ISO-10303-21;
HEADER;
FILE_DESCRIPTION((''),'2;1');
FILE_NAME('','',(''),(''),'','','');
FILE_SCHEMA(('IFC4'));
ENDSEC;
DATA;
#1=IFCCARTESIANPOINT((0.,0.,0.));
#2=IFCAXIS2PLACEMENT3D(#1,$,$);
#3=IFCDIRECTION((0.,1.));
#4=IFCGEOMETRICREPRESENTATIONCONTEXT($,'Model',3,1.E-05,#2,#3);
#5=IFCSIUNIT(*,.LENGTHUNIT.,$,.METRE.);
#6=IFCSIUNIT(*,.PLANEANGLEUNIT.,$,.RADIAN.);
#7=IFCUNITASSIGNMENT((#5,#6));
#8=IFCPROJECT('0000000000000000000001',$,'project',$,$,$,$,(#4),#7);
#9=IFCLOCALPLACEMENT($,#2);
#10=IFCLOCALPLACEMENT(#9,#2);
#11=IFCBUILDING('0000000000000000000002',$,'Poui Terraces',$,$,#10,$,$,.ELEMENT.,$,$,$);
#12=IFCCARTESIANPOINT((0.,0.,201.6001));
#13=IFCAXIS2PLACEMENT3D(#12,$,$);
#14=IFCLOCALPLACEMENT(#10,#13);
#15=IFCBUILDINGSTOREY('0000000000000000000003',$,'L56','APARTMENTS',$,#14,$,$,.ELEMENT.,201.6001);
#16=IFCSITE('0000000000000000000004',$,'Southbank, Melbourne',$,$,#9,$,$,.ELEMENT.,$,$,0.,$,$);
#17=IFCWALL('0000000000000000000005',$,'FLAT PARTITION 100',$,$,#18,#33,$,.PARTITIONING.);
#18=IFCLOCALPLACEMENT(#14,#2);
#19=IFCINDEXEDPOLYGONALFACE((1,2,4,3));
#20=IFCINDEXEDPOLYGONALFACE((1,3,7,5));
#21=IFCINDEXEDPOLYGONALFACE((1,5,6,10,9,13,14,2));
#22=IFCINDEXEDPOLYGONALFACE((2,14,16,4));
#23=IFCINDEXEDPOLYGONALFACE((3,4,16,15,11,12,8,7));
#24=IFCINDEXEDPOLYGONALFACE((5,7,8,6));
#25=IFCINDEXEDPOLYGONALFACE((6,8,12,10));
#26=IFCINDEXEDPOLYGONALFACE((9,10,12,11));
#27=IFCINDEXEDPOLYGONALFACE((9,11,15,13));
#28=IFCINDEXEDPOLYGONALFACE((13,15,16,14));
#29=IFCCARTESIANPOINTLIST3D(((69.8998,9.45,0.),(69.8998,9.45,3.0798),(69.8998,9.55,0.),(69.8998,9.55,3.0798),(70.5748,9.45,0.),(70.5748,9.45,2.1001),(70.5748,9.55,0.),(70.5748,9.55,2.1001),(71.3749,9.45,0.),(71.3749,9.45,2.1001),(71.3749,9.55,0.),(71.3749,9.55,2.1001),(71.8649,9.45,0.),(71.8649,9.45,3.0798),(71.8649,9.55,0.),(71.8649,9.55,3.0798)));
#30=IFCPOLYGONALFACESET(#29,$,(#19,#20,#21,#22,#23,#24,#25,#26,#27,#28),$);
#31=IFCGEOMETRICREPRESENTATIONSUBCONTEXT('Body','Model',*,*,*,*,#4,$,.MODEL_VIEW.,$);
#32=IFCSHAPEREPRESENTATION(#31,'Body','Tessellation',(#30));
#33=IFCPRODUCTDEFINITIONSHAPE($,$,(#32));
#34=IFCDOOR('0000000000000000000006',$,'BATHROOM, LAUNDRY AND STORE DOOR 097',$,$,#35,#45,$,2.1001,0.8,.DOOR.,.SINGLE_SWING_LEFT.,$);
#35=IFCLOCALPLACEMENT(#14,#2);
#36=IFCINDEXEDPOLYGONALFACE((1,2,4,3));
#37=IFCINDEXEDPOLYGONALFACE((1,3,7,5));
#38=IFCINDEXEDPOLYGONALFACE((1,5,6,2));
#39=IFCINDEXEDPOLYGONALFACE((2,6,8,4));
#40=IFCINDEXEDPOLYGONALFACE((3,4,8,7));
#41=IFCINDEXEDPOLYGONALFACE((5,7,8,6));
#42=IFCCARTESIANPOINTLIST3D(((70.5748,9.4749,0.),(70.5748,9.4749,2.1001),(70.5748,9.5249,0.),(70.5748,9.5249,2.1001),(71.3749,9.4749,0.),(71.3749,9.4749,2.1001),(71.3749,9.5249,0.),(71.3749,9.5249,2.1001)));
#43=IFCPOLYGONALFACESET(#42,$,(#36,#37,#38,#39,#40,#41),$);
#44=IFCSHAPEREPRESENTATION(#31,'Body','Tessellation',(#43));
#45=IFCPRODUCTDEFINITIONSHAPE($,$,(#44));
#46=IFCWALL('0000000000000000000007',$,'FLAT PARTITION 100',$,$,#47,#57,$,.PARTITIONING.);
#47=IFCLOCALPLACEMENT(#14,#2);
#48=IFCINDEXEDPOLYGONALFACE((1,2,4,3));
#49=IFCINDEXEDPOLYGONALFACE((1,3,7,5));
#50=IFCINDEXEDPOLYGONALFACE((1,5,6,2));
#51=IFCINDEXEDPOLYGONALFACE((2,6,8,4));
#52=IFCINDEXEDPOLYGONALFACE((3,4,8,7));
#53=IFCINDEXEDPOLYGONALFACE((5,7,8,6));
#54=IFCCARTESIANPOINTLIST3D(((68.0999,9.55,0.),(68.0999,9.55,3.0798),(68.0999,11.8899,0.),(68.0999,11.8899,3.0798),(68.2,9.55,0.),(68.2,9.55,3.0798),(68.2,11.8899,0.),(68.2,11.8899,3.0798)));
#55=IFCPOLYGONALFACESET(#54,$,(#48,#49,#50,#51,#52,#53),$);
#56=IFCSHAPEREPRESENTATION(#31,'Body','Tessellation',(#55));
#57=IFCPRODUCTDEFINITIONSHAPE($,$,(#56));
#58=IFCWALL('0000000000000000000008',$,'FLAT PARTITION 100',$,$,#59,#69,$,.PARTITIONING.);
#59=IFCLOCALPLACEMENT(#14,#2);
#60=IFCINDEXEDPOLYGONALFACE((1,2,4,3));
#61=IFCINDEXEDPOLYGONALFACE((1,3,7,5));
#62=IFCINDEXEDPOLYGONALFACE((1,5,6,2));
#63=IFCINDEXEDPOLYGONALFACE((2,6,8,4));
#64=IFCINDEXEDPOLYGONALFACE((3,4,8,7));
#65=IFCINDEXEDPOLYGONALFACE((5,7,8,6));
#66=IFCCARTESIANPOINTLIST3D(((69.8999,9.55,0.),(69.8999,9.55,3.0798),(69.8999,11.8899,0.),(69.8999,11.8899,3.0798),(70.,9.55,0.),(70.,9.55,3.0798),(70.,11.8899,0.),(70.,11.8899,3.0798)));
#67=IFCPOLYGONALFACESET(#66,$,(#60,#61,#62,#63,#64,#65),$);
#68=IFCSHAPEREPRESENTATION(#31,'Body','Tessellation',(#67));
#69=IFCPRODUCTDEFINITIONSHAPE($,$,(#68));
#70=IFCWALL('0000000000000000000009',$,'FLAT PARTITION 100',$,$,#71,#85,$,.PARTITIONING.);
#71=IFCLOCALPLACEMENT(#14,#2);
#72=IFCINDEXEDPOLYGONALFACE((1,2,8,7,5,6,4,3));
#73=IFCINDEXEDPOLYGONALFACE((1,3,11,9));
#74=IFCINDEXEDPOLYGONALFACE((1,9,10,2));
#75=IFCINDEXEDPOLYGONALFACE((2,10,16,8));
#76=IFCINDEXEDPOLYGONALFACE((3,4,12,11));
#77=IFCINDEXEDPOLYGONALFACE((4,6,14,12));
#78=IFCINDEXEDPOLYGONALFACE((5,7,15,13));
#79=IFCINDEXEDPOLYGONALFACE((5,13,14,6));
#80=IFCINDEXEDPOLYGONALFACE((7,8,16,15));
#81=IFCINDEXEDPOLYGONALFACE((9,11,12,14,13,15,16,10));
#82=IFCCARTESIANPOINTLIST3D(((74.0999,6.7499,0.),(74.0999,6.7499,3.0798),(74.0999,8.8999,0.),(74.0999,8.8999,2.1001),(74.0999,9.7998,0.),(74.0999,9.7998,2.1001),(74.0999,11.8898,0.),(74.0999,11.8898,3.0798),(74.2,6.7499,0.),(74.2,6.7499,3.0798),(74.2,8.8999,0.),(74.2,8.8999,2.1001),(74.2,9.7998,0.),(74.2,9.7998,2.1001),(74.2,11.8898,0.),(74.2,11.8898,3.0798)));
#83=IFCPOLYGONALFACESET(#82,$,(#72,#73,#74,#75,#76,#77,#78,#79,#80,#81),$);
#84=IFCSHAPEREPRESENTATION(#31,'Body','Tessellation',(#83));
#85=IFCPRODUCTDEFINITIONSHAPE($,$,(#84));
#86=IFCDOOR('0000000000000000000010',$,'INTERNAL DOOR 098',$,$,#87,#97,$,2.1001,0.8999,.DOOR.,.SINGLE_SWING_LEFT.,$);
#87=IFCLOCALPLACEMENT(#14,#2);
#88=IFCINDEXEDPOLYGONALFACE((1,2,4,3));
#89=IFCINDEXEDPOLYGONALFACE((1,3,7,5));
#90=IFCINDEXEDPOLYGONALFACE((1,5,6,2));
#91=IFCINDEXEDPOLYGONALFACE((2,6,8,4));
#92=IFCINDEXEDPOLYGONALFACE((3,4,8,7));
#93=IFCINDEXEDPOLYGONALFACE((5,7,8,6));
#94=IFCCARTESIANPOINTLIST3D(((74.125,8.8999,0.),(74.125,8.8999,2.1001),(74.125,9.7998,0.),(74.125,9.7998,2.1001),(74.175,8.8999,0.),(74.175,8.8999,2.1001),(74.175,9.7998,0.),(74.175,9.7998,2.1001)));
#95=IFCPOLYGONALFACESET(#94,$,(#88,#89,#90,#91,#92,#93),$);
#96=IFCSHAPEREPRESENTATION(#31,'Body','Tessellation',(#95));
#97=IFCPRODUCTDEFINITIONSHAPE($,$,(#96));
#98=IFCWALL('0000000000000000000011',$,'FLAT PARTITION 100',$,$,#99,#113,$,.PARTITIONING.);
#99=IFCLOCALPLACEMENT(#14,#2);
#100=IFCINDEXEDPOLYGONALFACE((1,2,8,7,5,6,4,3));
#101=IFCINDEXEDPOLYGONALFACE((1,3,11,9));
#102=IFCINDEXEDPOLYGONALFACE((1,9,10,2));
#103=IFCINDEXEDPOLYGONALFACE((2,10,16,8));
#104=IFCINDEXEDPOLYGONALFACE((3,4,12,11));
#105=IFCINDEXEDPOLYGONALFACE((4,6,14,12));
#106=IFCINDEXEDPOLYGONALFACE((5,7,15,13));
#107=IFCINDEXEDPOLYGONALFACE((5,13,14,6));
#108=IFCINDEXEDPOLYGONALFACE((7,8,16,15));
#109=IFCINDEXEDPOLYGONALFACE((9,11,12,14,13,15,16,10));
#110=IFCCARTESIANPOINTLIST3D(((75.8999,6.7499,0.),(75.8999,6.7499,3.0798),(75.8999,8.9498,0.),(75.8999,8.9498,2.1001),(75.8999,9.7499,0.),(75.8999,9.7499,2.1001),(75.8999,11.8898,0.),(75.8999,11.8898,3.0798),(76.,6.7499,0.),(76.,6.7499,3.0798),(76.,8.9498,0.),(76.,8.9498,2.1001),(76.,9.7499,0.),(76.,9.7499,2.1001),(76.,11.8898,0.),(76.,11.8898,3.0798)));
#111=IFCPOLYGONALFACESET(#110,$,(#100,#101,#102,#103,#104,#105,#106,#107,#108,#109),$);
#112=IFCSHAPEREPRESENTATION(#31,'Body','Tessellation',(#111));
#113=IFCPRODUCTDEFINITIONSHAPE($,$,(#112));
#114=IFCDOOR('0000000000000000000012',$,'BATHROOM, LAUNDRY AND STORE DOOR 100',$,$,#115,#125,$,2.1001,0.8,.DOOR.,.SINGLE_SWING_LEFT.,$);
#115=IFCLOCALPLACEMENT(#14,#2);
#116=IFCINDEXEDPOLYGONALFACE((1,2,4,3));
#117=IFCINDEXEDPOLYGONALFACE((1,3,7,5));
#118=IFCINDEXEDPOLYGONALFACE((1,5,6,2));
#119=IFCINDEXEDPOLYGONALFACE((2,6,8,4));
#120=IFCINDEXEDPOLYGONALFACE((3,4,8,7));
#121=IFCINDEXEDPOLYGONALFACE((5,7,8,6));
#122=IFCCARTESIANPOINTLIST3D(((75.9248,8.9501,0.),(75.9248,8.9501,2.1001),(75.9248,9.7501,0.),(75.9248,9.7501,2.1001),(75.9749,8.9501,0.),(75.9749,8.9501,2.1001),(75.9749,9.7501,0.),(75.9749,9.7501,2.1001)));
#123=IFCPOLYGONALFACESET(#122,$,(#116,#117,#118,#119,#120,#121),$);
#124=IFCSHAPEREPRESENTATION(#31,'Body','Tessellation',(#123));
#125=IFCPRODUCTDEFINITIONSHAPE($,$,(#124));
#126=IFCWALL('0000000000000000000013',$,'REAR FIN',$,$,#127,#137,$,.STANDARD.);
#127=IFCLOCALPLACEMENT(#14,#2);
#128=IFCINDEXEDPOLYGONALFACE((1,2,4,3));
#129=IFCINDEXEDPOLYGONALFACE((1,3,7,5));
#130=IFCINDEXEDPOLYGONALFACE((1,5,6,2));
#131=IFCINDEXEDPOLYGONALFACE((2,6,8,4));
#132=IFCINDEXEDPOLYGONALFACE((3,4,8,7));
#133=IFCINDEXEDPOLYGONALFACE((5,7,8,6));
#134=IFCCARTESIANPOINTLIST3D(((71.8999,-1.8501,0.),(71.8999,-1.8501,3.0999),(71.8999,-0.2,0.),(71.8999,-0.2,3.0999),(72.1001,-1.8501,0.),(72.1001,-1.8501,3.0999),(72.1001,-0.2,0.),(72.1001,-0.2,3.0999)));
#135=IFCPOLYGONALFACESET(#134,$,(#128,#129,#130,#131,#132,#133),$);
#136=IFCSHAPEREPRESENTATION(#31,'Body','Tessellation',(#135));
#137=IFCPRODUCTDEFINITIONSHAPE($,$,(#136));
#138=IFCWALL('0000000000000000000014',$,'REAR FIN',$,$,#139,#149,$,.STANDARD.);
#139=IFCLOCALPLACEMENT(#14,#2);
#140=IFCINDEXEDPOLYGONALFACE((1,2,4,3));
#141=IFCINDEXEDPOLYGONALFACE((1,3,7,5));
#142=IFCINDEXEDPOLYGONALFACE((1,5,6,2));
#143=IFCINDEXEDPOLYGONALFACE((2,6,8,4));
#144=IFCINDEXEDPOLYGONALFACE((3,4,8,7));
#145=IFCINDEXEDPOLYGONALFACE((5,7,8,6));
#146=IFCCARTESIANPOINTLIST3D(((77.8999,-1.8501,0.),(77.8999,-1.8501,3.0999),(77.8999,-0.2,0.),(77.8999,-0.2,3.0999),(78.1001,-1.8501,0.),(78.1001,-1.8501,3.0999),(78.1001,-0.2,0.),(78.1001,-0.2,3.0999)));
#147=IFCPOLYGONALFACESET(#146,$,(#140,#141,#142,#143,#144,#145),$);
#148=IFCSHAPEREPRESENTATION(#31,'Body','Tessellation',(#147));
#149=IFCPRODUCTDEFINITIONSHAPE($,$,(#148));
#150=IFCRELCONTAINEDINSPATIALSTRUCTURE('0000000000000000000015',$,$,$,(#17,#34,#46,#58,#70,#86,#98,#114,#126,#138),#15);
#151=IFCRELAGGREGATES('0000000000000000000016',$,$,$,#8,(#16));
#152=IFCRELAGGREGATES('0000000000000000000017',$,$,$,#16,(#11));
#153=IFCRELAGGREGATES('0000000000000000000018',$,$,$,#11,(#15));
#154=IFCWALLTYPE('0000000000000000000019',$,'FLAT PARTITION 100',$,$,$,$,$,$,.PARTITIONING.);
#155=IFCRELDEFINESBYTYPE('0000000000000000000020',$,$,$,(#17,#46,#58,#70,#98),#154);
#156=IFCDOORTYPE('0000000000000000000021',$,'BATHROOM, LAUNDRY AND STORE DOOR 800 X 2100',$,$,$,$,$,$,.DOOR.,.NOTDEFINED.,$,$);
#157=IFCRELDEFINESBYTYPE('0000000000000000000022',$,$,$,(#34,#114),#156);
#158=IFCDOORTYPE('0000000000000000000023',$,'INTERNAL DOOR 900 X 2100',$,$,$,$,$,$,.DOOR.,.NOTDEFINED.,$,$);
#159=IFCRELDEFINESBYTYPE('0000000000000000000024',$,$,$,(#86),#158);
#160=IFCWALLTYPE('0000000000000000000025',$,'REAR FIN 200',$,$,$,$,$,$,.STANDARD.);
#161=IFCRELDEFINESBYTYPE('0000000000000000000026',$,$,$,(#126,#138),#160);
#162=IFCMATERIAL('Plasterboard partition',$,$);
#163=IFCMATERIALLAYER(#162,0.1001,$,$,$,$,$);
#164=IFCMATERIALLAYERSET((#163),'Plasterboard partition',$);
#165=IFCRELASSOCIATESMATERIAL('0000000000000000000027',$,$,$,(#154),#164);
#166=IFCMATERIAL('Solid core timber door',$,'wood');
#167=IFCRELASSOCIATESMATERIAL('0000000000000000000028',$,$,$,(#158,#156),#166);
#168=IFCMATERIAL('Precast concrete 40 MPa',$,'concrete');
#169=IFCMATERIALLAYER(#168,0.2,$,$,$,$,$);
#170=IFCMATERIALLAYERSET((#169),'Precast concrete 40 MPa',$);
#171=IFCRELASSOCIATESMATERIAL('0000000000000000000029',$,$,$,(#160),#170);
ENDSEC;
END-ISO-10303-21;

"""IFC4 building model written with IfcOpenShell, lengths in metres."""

from ifc_helpers import new_model, si_unit, direction, frame, frame_2d, origin, place, context, subcontext, project, spatial, polyline, rectangle, outline, extrude, source, transform, mapped, material, layer, layer_set, type_object, element, fill, save


model = new_model("IFC4")

# Units and contexts
model_context = context("Model", 3, precision=1e-05, world=origin(), true_north=direction((0.0, 1.0)))
body_context = subcontext(model_context, "Body", "Model", "MODEL_VIEW")
ifc_project = project(units=[si_unit("LENGTHUNIT", "METRE"), si_unit("PLANEANGLEUNIT", "RADIAN")], contexts=[model_context])

# Site, building, storey
site_placement = place(None, origin())
site = spatial("IfcSite", under=ifc_project, at=site_placement, Name="Southbank, Melbourne", CompositionType="ELEMENT", RefElevation=0.0)
building_placement = place(site_placement, origin())
building = spatial("IfcBuilding", under=site, at=building_placement, Name="Poui Terraces", CompositionType="ELEMENT")
storey_placement = place(building_placement, frame((0.0, 0.0, 201.6001)))
storey = spatial("IfcBuildingStorey", under=building, at=storey_placement, Name="L56", Description="APARTMENTS", CompositionType="ELEMENT", Elevation=201.6001)

# Shared definitions
ifc_material_1 = material(Name="Precast concrete 40 MPa", Category="concrete")

# Shared definitions
ifc_material_2 = material(Name="Plasterboard partition")
ifc_layer_1 = layer(ifc_material_2, 0.1001)
ifc_layer_set_1 = layer_set([ifc_layer_1], Name="Plasterboard partition")
wall_type_1 = type_object("IfcWallType", Name="FLAT PARTITION 100", PredefinedType="PARTITIONING", material=ifc_layer_set_1)

# Wall, opening, door
ifc_material_3 = material(Name="Solid core timber door", Category="wood")
door_type_1 = type_object("IfcDoorType", Name="INTERNAL DOOR 900 X 2100", OperationType="NOTDEFINED", PredefinedType="DOOR", material=ifc_material_3)
wall_1_placement = place(storey_placement, frame((69.8999, 9.5, 0.0), z_axis=(0.0, 0.0, 1.0), x_axis=(1.0, 0.0, 0.0)))
wall_1 = element("IfcWall", 1, at=wall_1_placement, inside=storey, type_object=wall_type_1, Name="FLAT PARTITION 100", PredefinedType="PARTITIONING", context=body_context, shape_type="SweptSolid", body=[
    extrude(rectangle(XDim=1.9651, YDim=0.1001, at=frame_2d((0.9824, 0.0))), origin(), (0.0, 0.0, 1.0), 3.0798),
])
opening_1_placement = place(wall_1_placement, frame((0.675, 0.0, 0.0)))
opening_1 = element("IfcOpeningElement", 2, at=opening_1_placement, cuts=wall_1, PredefinedType="OPENING", context=body_context, shape_type="SweptSolid", body=[
    extrude(rectangle(XDim=0.8, YDim=2.1001, at=frame_2d((0.3999, 1.05))), frame((0.0, 0.0601, 0.0), z_axis=(0.0, -1.0, 0.0), x_axis=(1.0, 0.0, 0.0)), (0.0, 0.0, 1.0), 0.1201),
])
door_type_2 = type_object("IfcDoorType", Name="BATHROOM, LAUNDRY AND STORE DOOR 800 X 2100", OperationType="NOTDEFINED", PredefinedType="DOOR", material=ifc_material_3)
door_1_placement = place(opening_1_placement, origin())
door_1 = element("IfcDoor", 3, at=door_1_placement, inside=storey, type_object=door_type_2, Name="BATHROOM, LAUNDRY AND STORE DOOR 097", OperationType="SINGLE_SWING_LEFT", OverallHeight=2.1001, OverallWidth=0.8, PredefinedType="DOOR", context=body_context, shape_type="SweptSolid", body=[
    extrude(rectangle(XDim=0.8, YDim=2.1001, at=frame_2d((0.3999, 1.05))), frame((0.0, 0.0249, 0.0), z_axis=(0.0, -1.0, 0.0), x_axis=(1.0, 0.0, 0.0)), (0.0, 0.0, 1.0), 0.05),
])
fill(opening_1, door_1)

# Walls
for number, where, z_axis, x_axis, name in (
    (4, (68.1499, 9.55, 0.0), (0.0, 0.0, 1.0), (0.0, 1.0, 0.0), "FLAT PARTITION 100"),
    (5, (69.95, 9.55, 0.0), (0.0, 0.0, 1.0), (0.0, 1.0, 0.0), "FLAT PARTITION 100"),
):
    element("IfcWall", number, at=place(storey_placement, frame(where, z_axis=z_axis, x_axis=x_axis)), inside=storey, type_object=wall_type_1, Name=name, PredefinedType="PARTITIONING", context=body_context, shape_type="SweptSolid", body=[
        extrude(rectangle(XDim=2.3398, YDim=0.1001, at=frame_2d((1.1699, 0.0))), origin(), (0.0, 0.0, 1.0), 3.0798),
    ])

# Walls, openings, doors
wall_2_placement = place(storey_placement, frame((74.1499, 6.75, 0.0), z_axis=(0.0, 0.0, 1.0), x_axis=(0.0, 1.0, 0.0)))
wall_2 = element("IfcWall", 6, at=wall_2_placement, inside=storey, type_object=wall_type_1, Name="FLAT PARTITION 100", PredefinedType="PARTITIONING", context=body_context, shape_type="SweptSolid", body=[
    extrude(rectangle(XDim=5.1399, YDim=0.1001, at=frame_2d((2.5698, 0.0))), origin(), (0.0, 0.0, 1.0), 3.0798),
])
opening_2_placement = place(wall_2_placement, frame((2.1499, 0.0, 0.0)))
opening_2 = element("IfcOpeningElement", 7, at=opening_2_placement, cuts=wall_2, PredefinedType="OPENING", context=body_context, shape_type="SweptSolid", body=[
    extrude(rectangle(XDim=0.8999, YDim=2.1001, at=frame_2d((0.45, 1.05))), frame((0.0, 0.0601, 0.0), z_axis=(0.0, -1.0, 0.0), x_axis=(1.0, 0.0, 0.0)), (0.0, 0.0, 1.0), 0.1201),
])
door_2_placement = place(opening_2_placement, origin())
door_2 = element("IfcDoor", 8, at=door_2_placement, inside=storey, type_object=door_type_1, Name="INTERNAL DOOR 098", OperationType="SINGLE_SWING_LEFT", OverallHeight=2.1001, OverallWidth=0.8999, PredefinedType="DOOR", context=body_context, shape_type="SweptSolid", body=[
    extrude(rectangle(XDim=0.8999, YDim=2.1001, at=frame_2d((0.45, 1.05))), frame((0.0, 0.0249, 0.0), z_axis=(0.0, -1.0, 0.0), x_axis=(1.0, 0.0, 0.0)), (0.0, 0.0, 1.0), 0.05),
])
fill(opening_2, door_2)
wall_3_placement = place(storey_placement, frame((75.95, 6.75, 0.0), z_axis=(0.0, 0.0, 1.0), x_axis=(0.0, 1.0, 0.0)))
wall_3 = element("IfcWall", 9, at=wall_3_placement, inside=storey, type_object=wall_type_1, Name="FLAT PARTITION 100", PredefinedType="PARTITIONING", context=body_context, shape_type="SweptSolid", body=[
    extrude(rectangle(XDim=5.1399, YDim=0.1001, at=frame_2d((2.5698, 0.0))), origin(), (0.0, 0.0, 1.0), 3.0798),
])
opening_3_placement = place(wall_3_placement, frame((2.2, 0.0, 0.0)))
opening_3 = element("IfcOpeningElement", 10, at=opening_3_placement, cuts=wall_3, PredefinedType="OPENING", context=body_context, shape_type="SweptSolid", body=[
    extrude(rectangle(XDim=0.8, YDim=2.1001, at=frame_2d((0.3999, 1.05))), frame((0.0, 0.0601, 0.0), z_axis=(0.0, -1.0, 0.0), x_axis=(1.0, 0.0, 0.0)), (0.0, 0.0, 1.0), 0.1201),
])
door_3_placement = place(opening_3_placement, frame((0.8, 0.0, 0.0), z_axis=(0.0, 0.0, 1.0), x_axis=(-1.0, 0.0, 0.0)))
door_3 = element("IfcDoor", 11, at=door_3_placement, inside=storey, type_object=door_type_2, Name="BATHROOM, LAUNDRY AND STORE DOOR 100", OperationType="SINGLE_SWING_LEFT", OverallHeight=2.1001, OverallWidth=0.8, PredefinedType="DOOR", context=body_context, shape_type="SweptSolid", body=[
    extrude(rectangle(XDim=0.8, YDim=2.1001, at=frame_2d((0.3999, 1.05))), frame((0.0, 0.0249, 0.0), z_axis=(0.0, -1.0, 0.0), x_axis=(1.0, 0.0, 0.0)), (0.0, 0.0, 1.0), 0.05),
])
fill(opening_3, door_3)

# Walls
ifc_layer_2 = layer(ifc_material_1, 0.2)
ifc_layer_set_2 = layer_set([ifc_layer_2], Name="Precast concrete 40 MPa")
wall_type_2 = type_object("IfcWallType", Name="REAR FIN 200", PredefinedType="STANDARD", material=ifc_layer_set_2)
shared_shape_1 = source(origin(), body_context, "Body", "SweptSolid", [
    extrude(outline(polyline([(0.0, 0.0), (0.2002, 0.0), (0.2002, 1.6501), (0.0, 1.6501), (0.0, 0.0)])), origin(), (0.0, 0.0, 1.0), 3.0999),
])
for number, where, name in (
    (12, (71.8999, -1.8501, 0.0), "REAR FIN"),
    (13, (77.8999, -1.8501, 0.0), "REAR FIN"),
):
    element("IfcWall", number, at=place(storey_placement, frame(where)), inside=storey, type_object=wall_type_2, Name=name, PredefinedType="STANDARD", context=body_context, shape_type="MappedRepresentation", body=[
        mapped(shared_shape_1, transform((0.0, 0.0, 0.0))),
    ])

save(model, "model.ifc")
